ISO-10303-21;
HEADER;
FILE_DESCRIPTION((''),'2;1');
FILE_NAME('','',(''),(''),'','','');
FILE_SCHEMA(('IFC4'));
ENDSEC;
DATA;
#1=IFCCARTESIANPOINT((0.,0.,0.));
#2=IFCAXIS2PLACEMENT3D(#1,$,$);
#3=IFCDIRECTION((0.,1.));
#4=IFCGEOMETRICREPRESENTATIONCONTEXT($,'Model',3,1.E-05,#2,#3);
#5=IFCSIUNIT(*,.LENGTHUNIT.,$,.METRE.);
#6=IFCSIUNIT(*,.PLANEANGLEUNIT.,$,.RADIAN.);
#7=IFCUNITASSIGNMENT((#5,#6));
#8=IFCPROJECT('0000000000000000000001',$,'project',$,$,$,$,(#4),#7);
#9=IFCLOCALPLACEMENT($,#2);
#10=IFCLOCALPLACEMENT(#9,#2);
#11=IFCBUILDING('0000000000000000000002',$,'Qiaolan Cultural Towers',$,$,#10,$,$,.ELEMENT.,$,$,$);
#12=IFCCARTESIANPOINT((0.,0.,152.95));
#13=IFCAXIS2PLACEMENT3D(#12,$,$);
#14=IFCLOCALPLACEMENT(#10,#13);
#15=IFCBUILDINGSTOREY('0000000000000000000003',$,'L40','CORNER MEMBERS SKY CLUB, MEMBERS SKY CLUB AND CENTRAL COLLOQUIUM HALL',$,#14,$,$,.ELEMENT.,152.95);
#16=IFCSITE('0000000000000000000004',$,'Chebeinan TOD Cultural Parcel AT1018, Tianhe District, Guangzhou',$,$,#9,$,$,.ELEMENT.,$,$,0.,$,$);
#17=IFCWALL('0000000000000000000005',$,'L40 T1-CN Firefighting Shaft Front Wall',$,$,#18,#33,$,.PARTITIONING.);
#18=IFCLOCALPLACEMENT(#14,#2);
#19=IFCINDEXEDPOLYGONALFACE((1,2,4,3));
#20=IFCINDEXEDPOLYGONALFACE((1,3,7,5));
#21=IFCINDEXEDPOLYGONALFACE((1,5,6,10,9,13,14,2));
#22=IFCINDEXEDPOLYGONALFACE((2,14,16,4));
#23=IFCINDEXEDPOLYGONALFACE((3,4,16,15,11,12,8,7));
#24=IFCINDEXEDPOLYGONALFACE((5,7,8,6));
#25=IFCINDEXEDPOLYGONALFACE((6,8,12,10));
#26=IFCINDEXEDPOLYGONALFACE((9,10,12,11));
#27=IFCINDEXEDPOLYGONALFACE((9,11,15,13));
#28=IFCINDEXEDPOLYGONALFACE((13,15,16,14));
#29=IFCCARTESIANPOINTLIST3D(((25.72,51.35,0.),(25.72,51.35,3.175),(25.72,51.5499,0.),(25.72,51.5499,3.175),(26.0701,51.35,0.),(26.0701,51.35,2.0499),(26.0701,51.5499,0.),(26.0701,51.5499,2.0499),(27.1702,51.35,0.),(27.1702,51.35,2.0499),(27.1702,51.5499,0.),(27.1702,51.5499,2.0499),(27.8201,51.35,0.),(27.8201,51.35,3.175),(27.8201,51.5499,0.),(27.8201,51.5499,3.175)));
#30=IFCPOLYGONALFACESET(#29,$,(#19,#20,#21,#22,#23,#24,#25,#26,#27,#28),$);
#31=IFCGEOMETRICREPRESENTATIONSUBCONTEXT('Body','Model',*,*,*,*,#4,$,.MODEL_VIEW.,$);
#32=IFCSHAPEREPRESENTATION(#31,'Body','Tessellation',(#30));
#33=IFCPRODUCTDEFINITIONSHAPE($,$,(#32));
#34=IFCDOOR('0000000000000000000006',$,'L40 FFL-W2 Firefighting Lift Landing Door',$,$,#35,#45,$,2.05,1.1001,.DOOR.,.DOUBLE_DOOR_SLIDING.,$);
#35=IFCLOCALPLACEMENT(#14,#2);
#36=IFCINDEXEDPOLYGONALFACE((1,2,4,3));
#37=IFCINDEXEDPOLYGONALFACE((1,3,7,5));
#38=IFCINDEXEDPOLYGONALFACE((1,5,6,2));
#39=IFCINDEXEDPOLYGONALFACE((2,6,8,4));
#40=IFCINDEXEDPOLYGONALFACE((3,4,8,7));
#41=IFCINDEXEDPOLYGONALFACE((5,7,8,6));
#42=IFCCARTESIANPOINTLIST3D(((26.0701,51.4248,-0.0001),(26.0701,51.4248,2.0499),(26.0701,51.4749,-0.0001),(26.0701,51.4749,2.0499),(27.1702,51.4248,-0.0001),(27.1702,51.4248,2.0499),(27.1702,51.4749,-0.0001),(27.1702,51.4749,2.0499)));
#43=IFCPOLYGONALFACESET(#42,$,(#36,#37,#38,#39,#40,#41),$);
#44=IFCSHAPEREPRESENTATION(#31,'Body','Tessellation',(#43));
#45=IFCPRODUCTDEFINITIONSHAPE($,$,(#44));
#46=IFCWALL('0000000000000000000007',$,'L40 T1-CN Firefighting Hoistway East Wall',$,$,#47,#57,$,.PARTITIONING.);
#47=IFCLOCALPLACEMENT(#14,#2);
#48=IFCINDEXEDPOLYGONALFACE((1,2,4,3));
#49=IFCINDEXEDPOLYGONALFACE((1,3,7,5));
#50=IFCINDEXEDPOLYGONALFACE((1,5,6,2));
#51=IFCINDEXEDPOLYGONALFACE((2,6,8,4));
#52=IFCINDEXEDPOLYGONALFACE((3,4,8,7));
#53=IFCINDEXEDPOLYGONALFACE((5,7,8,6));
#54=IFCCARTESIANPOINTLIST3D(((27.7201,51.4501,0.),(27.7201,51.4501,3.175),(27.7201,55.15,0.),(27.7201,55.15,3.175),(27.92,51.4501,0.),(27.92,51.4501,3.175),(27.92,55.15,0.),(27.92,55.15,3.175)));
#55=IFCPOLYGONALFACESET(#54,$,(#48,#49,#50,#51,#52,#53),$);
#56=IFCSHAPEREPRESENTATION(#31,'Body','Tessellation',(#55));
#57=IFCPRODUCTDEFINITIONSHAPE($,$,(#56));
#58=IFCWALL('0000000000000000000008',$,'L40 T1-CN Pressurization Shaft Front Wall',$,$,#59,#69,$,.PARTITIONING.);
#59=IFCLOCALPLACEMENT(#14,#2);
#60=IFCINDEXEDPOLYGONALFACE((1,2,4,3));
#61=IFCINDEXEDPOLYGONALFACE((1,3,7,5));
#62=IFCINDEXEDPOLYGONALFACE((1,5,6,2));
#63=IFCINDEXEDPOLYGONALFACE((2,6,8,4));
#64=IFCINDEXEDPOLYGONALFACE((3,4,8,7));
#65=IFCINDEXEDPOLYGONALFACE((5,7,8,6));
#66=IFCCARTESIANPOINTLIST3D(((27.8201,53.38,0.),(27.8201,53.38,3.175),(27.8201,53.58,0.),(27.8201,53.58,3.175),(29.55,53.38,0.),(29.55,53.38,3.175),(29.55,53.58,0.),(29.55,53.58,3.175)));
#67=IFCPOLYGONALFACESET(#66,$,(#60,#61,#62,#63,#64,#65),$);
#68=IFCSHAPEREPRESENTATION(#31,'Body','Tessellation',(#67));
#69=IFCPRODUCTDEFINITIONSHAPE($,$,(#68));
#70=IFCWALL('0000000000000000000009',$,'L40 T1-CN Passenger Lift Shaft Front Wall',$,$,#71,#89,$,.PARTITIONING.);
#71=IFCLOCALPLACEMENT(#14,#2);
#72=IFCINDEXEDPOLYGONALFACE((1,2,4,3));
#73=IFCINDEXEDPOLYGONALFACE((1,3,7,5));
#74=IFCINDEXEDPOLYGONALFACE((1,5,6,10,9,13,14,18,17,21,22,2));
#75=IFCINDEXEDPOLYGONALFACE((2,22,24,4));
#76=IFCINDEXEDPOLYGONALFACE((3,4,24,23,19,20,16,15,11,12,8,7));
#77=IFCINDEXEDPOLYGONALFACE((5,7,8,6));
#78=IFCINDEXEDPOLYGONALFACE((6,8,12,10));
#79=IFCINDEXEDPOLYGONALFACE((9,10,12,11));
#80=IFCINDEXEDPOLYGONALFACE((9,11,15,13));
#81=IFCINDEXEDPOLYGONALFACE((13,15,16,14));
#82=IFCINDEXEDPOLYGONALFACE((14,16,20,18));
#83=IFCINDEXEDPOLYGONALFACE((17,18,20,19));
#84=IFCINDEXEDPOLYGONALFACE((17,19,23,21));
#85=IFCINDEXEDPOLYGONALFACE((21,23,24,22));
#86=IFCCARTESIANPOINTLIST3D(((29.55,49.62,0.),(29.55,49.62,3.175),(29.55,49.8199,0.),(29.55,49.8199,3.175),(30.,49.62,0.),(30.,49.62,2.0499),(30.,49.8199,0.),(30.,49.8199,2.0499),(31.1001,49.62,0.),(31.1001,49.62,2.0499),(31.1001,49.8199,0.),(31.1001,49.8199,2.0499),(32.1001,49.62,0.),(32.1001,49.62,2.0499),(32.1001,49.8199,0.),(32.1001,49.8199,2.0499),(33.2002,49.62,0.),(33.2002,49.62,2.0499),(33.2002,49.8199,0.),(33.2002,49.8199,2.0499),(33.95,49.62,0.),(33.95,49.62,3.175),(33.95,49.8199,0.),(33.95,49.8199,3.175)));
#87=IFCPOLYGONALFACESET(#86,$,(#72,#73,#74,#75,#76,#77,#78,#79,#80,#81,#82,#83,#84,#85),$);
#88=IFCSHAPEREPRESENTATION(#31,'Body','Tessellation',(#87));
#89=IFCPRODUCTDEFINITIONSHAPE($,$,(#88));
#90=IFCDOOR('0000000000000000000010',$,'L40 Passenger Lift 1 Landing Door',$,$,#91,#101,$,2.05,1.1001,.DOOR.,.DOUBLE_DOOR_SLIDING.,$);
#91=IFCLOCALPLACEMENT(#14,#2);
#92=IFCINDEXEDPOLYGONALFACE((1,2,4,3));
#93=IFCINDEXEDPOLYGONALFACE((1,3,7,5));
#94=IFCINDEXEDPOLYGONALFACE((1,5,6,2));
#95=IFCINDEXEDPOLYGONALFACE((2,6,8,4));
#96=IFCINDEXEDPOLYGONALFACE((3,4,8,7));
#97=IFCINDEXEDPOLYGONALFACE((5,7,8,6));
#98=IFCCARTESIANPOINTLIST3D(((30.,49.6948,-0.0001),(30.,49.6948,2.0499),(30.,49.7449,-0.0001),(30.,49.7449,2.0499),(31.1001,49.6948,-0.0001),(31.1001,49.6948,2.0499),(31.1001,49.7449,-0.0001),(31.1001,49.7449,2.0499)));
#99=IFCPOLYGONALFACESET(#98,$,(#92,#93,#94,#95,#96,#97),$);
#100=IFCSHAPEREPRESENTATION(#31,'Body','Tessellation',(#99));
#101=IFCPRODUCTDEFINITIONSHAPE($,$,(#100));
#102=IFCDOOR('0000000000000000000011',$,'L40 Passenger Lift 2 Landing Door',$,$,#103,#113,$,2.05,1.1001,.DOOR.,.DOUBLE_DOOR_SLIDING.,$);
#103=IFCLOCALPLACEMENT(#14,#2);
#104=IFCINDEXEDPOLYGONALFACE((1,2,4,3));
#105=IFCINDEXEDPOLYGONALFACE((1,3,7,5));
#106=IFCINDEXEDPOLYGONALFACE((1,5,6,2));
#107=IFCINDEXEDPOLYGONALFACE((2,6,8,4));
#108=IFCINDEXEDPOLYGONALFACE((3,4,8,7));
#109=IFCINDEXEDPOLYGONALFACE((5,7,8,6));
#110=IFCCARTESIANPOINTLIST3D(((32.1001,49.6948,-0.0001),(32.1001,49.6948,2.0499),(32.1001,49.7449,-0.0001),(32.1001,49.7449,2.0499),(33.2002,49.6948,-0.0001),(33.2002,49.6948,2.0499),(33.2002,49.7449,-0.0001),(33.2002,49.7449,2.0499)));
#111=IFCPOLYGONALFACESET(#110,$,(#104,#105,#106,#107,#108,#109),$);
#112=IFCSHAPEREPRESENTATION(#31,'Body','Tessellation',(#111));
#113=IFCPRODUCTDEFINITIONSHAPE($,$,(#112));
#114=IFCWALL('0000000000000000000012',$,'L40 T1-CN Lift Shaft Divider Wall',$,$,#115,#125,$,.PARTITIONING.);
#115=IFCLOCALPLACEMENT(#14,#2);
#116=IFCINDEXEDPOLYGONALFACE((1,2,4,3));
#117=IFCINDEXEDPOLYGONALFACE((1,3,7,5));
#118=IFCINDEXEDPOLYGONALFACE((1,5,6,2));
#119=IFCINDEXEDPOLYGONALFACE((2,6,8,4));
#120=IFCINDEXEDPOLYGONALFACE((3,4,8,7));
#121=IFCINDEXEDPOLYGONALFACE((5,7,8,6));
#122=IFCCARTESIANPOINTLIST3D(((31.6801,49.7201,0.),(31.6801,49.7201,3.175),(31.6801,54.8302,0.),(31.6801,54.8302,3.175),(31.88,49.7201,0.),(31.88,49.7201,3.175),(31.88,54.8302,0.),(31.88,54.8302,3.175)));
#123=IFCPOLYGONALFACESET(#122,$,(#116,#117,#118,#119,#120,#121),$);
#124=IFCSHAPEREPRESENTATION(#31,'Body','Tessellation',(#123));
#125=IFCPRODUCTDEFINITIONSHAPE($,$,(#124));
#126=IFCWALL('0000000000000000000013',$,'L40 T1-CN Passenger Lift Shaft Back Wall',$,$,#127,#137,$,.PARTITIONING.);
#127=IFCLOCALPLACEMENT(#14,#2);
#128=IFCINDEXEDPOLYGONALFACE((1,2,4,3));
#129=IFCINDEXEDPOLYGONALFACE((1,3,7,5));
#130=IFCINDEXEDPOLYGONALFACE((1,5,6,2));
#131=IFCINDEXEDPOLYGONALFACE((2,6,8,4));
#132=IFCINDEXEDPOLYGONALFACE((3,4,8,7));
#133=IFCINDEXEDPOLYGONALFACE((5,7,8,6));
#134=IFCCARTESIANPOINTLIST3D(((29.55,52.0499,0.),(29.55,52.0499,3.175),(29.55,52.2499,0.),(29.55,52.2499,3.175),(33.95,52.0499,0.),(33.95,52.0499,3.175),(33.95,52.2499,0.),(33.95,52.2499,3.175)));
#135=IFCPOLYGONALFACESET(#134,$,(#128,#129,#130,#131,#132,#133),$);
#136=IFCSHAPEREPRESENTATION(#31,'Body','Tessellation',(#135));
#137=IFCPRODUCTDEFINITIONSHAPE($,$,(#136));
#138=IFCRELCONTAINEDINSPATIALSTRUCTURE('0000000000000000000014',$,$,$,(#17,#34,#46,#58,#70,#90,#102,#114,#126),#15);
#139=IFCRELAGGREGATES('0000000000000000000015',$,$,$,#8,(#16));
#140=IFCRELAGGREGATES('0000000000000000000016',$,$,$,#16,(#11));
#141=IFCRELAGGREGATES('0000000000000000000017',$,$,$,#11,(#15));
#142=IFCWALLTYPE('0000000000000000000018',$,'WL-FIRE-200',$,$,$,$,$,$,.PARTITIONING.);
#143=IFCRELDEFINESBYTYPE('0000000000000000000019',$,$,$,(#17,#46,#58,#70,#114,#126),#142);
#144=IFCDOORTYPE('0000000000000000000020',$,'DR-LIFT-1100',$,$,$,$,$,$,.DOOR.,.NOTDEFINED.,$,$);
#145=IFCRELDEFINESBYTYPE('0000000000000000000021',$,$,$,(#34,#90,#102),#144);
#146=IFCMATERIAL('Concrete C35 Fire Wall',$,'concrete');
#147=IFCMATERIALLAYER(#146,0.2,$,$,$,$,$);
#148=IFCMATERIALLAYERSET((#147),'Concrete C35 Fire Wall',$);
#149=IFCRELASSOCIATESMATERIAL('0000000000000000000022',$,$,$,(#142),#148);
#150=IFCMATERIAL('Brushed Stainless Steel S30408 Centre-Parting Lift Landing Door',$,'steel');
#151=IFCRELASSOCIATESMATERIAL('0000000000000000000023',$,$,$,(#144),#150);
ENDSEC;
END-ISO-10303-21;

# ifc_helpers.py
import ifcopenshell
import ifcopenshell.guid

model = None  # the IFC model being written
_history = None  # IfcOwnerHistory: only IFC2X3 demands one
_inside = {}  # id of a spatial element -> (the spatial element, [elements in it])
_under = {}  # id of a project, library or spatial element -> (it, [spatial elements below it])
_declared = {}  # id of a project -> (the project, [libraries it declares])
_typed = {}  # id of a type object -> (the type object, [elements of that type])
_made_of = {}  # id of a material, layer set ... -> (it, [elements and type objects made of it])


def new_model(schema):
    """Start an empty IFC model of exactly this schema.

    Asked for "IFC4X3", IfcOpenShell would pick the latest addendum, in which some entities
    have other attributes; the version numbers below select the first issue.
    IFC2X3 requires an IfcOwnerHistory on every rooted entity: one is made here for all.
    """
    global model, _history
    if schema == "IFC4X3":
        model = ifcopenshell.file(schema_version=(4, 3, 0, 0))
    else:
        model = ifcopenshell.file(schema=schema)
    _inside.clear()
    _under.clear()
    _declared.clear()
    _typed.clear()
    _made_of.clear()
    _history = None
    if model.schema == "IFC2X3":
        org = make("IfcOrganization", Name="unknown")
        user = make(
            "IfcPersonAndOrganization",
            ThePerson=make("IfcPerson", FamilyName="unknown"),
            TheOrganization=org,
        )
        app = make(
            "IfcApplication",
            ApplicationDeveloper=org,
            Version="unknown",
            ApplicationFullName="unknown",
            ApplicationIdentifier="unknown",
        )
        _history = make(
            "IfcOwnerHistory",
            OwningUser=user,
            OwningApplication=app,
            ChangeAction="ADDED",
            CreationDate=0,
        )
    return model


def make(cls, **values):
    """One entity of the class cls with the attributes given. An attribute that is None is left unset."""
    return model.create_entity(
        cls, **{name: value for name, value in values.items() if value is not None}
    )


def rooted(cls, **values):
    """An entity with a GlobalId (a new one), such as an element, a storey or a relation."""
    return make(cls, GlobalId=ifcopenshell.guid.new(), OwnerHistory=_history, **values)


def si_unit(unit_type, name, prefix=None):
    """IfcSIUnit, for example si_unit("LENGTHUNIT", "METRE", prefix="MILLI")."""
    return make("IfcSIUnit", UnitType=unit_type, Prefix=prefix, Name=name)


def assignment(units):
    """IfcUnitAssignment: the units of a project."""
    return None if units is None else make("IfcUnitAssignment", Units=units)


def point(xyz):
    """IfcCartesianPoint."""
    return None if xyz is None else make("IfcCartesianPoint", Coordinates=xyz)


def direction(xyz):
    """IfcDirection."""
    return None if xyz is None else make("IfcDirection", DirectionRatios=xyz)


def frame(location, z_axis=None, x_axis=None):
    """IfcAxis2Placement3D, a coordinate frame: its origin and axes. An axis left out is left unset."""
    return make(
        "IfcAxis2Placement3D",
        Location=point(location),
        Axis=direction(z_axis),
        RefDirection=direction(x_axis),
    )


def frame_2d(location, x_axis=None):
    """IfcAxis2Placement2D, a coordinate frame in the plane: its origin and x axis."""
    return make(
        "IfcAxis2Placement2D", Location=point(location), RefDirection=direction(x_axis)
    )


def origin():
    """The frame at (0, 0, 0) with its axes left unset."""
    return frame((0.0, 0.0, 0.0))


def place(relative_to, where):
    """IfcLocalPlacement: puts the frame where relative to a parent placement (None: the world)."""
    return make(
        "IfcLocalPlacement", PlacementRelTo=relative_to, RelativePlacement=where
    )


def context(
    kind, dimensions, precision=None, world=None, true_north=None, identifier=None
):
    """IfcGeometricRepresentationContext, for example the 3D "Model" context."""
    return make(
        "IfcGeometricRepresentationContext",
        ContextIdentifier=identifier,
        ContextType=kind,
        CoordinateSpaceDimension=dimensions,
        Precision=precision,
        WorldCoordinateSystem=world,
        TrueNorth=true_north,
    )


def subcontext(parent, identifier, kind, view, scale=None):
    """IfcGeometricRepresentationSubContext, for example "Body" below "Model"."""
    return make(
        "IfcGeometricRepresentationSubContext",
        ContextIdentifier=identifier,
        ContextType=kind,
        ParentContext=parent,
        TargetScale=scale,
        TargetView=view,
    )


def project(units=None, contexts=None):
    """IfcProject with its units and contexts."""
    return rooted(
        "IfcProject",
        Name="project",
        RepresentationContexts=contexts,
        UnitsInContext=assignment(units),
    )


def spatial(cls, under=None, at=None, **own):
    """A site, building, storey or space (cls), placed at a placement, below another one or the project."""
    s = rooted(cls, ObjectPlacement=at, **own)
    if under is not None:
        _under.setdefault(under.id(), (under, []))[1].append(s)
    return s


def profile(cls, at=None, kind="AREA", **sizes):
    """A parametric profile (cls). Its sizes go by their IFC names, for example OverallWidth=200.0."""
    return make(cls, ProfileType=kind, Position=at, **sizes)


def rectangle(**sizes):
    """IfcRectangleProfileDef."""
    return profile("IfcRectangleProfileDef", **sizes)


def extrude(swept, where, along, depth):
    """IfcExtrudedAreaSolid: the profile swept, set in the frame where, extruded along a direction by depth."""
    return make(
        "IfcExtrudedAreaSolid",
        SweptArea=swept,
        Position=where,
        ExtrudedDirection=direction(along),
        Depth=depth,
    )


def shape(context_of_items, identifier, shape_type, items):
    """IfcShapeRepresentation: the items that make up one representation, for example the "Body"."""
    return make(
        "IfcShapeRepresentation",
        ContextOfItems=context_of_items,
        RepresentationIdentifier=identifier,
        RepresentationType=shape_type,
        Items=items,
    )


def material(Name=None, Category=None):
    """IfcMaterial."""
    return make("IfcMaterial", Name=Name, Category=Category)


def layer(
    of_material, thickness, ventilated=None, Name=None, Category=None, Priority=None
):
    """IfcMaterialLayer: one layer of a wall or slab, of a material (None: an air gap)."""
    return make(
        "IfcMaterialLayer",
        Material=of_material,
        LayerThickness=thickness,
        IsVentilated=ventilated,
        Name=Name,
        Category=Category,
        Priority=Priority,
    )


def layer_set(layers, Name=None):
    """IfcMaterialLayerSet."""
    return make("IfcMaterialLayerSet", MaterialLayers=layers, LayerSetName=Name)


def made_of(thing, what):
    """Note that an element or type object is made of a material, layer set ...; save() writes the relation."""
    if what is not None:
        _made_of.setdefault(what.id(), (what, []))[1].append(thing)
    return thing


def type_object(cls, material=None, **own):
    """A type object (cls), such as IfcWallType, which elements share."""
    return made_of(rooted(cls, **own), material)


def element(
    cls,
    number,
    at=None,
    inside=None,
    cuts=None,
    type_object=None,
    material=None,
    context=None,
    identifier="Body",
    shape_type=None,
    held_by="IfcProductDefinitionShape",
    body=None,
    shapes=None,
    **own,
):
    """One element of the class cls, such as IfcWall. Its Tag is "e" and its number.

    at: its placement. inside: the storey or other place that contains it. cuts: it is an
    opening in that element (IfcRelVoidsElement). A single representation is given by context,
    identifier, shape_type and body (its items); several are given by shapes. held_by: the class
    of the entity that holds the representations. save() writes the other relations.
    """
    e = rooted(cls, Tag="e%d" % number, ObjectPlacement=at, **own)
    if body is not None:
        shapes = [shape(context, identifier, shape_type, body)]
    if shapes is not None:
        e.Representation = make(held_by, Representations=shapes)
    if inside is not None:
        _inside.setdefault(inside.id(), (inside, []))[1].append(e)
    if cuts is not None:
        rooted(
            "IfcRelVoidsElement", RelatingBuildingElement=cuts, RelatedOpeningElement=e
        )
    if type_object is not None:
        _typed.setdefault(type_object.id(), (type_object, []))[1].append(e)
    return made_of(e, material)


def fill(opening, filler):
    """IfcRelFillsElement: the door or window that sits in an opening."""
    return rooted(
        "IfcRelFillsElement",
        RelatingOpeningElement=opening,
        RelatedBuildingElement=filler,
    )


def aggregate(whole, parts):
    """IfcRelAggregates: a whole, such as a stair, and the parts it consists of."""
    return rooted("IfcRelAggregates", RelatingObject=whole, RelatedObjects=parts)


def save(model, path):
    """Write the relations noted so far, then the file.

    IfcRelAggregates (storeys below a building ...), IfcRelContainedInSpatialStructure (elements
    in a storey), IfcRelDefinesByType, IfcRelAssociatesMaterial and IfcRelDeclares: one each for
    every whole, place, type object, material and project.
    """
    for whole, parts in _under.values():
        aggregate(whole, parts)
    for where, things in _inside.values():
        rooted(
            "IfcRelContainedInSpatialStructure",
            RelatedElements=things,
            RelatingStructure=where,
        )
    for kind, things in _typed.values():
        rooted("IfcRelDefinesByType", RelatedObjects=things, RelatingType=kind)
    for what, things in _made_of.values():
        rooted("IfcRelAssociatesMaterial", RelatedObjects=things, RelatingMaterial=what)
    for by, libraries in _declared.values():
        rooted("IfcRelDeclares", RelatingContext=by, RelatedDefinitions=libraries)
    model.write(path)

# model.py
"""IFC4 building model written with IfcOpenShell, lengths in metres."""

from ifc_helpers import new_model, si_unit, direction, frame, frame_2d, origin, place, context, subcontext, project, spatial, rectangle, extrude, material, layer, layer_set, type_object, element, fill, save


model = new_model("IFC4")

# Units and contexts
model_context = context("Model", 3, precision=1e-05, world=origin(), true_north=direction((0.0, 1.0)))
body_context = subcontext(model_context, "Body", "Model", "MODEL_VIEW")
ifc_project = project(units=[si_unit("LENGTHUNIT", "METRE"), si_unit("PLANEANGLEUNIT", "RADIAN")], contexts=[model_context])

# Site, building, storey
site_placement = place(None, origin())
site = spatial("IfcSite", under=ifc_project, at=site_placement, Name="Chebeinan TOD Cultural Parcel AT1018, Tianhe District, Guangzhou", CompositionType="ELEMENT", RefElevation=0.0)
building_placement = place(site_placement, origin())
building = spatial("IfcBuilding", under=site, at=building_placement, Name="Qiaolan Cultural Towers", CompositionType="ELEMENT")
storey_placement = place(building_placement, frame((0.0, 0.0, 152.95)))
storey = spatial("IfcBuildingStorey", under=building, at=storey_placement, Name="L40", Description="CORNER MEMBERS SKY CLUB, MEMBERS SKY CLUB AND CENTRAL COLLOQUIUM HALL", CompositionType="ELEMENT", Elevation=152.95)

# Wall, opening, door
ifc_material_1 = material(Name="Concrete C35 Fire Wall", Category="concrete")
ifc_layer_1 = layer(ifc_material_1, 0.2)
ifc_layer_set_1 = layer_set([ifc_layer_1], Name="Concrete C35 Fire Wall")
wall_type_1 = type_object("IfcWallType", Name="WL-FIRE-200", PredefinedType="PARTITIONING", material=ifc_layer_set_1)
wall_1_placement = place(storey_placement, frame((25.72, 51.45, 0.0), z_axis=(0.0, 0.0, 1.0), x_axis=(1.0, 0.0, 0.0)))
wall_1 = element("IfcWall", 1, at=wall_1_placement, inside=storey, type_object=wall_type_1, Name="L40 T1-CN Firefighting Shaft Front Wall", PredefinedType="PARTITIONING", context=body_context, shape_type="SweptSolid", body=[
    extrude(rectangle(XDim=2.1001, YDim=0.2, at=frame_2d((1.05, 0.0))), origin(), (0.0, 0.0, 1.0), 3.175),
])
opening_1_placement = place(wall_1_placement, frame((0.3501, 0.0, 0.0)))
opening_1 = element("IfcOpeningElement", 2, at=opening_1_placement, cuts=wall_1, PredefinedType="OPENING", context=body_context, shape_type="SweptSolid", body=[
    extrude(rectangle(XDim=1.1001, YDim=2.05, at=frame_2d((0.55, 1.0249))), frame((0.0, 0.1099, 0.0), z_axis=(0.0, -1.0, 0.0), x_axis=(1.0, 0.0, 0.0)), (0.0, 0.0, 1.0), 0.22),
])
ifc_material_2 = material(Name="Brushed Stainless Steel S30408 Centre-Parting Lift Landing Door", Category="steel")
door_type_1 = type_object("IfcDoorType", Name="DR-LIFT-1100", OperationType="NOTDEFINED", PredefinedType="DOOR", material=ifc_material_2)
door_1_placement = place(opening_1_placement, origin())
door_1 = element("IfcDoor", 3, at=door_1_placement, inside=storey, type_object=door_type_1, Name="L40 FFL-W2 Firefighting Lift Landing Door", OperationType="DOUBLE_DOOR_SLIDING", OverallHeight=2.05, OverallWidth=1.1001, PredefinedType="DOOR", context=body_context, shape_type="SweptSolid", body=[
    extrude(rectangle(XDim=1.1001, YDim=2.05, at=frame_2d((0.55, 1.0249))), frame((0.0, 0.0249, 0.0), z_axis=(0.0, -1.0, 0.0), x_axis=(1.0, 0.0, 0.0)), (0.0, 0.0, 1.0), 0.05),
])
fill(opening_1, door_1)

# Walls
wall_2_placement = place(storey_placement, frame((27.8201, 51.45, 0.0), z_axis=(0.0, 0.0, 1.0), x_axis=(0.0, 1.0, 0.0)))
element("IfcWall", 4, at=wall_2_placement, inside=storey, type_object=wall_type_1, Name="L40 T1-CN Firefighting Hoistway East Wall", PredefinedType="PARTITIONING", context=body_context, shape_type="SweptSolid", body=[
    extrude(rectangle(XDim=3.7, YDim=0.2, at=frame_2d((1.8501, 0.0))), origin(), (0.0, 0.0, 1.0), 3.175),
])
wall_3_placement = place(storey_placement, frame((27.8201, 53.48, 0.0), z_axis=(0.0, 0.0, 1.0), x_axis=(1.0, 0.0, 0.0)))
element("IfcWall", 5, at=wall_3_placement, inside=storey, type_object=wall_type_1, Name="L40 T1-CN Pressurization Shaft Front Wall", PredefinedType="PARTITIONING", context=body_context, shape_type="SweptSolid", body=[
    extrude(rectangle(XDim=1.73, YDim=0.2, at=frame_2d((0.865, 0.0))), origin(), (0.0, 0.0, 1.0), 3.175),
])

# Wall, openings, doors
wall_4_placement = place(storey_placement, frame((29.55, 49.72, 0.0), z_axis=(0.0, 0.0, 1.0), x_axis=(1.0, 0.0, 0.0)))
wall_4 = element("IfcWall", 6, at=wall_4_placement, inside=storey, type_object=wall_type_1, Name="L40 T1-CN Passenger Lift Shaft Front Wall", PredefinedType="PARTITIONING", context=body_context, shape_type="SweptSolid", body=[
    extrude(rectangle(XDim=4.3999, YDim=0.2, at=frame_2d((2.2, 0.0))), origin(), (0.0, 0.0, 1.0), 3.175),
])
opening_2_placement = place(wall_4_placement, frame((0.45, 0.0, 0.0)))
opening_2 = element("IfcOpeningElement", 7, at=opening_2_placement, cuts=wall_4, PredefinedType="OPENING", context=body_context, shape_type="SweptSolid", body=[
    extrude(rectangle(XDim=1.1001, YDim=2.05, at=frame_2d((0.55, 1.0249))), frame((0.0, 0.1099, 0.0), z_axis=(0.0, -1.0, 0.0), x_axis=(1.0, 0.0, 0.0)), (0.0, 0.0, 1.0), 0.22),
])
opening_3_placement = place(wall_4_placement, frame((2.55, 0.0, 0.0)))
opening_3 = element("IfcOpeningElement", 8, at=opening_3_placement, cuts=wall_4, PredefinedType="OPENING", context=body_context, shape_type="SweptSolid", body=[
    extrude(rectangle(XDim=1.1001, YDim=2.05, at=frame_2d((0.55, 1.0249))), frame((0.0, 0.1099, 0.0), z_axis=(0.0, -1.0, 0.0), x_axis=(1.0, 0.0, 0.0)), (0.0, 0.0, 1.0), 0.22),
])
door_2_placement = place(opening_2_placement, origin())
door_2 = element("IfcDoor", 9, at=door_2_placement, inside=storey, type_object=door_type_1, Name="L40 Passenger Lift 1 Landing Door", OperationType="DOUBLE_DOOR_SLIDING", OverallHeight=2.05, OverallWidth=1.1001, PredefinedType="DOOR", context=body_context, shape_type="SweptSolid", body=[
    extrude(rectangle(XDim=1.1001, YDim=2.05, at=frame_2d((0.55, 1.0249))), frame((0.0, 0.0249, 0.0), z_axis=(0.0, -1.0, 0.0), x_axis=(1.0, 0.0, 0.0)), (0.0, 0.0, 1.0), 0.05),
])
fill(opening_2, door_2)
door_3_placement = place(opening_3_placement, origin())
door_3 = element("IfcDoor", 10, at=door_3_placement, inside=storey, type_object=door_type_1, Name="L40 Passenger Lift 2 Landing Door", OperationType="DOUBLE_DOOR_SLIDING", OverallHeight=2.05, OverallWidth=1.1001, PredefinedType="DOOR", context=body_context, shape_type="SweptSolid", body=[
    extrude(rectangle(XDim=1.1001, YDim=2.05, at=frame_2d((0.55, 1.0249))), frame((0.0, 0.0249, 0.0), z_axis=(0.0, -1.0, 0.0), x_axis=(1.0, 0.0, 0.0)), (0.0, 0.0, 1.0), 0.05),
])
fill(opening_3, door_3)

# Walls
wall_5_placement = place(storey_placement, frame((31.78, 49.72, 0.0), z_axis=(0.0, 0.0, 1.0), x_axis=(0.0, 1.0, 0.0)))
element("IfcWall", 11, at=wall_5_placement, inside=storey, type_object=wall_type_1, Name="L40 T1-CN Lift Shaft Divider Wall", PredefinedType="PARTITIONING", context=body_context, shape_type="SweptSolid", body=[
    extrude(rectangle(XDim=5.1101, YDim=0.2, at=frame_2d((2.5552, 0.0))), origin(), (0.0, 0.0, 1.0), 3.175),
])
wall_6_placement = place(storey_placement, frame((29.55, 52.1499, 0.0), z_axis=(0.0, 0.0, 1.0), x_axis=(1.0, 0.0, 0.0)))
element("IfcWall", 12, at=wall_6_placement, inside=storey, type_object=wall_type_1, Name="L40 T1-CN Passenger Lift Shaft Back Wall", PredefinedType="PARTITIONING", context=body_context, shape_type="SweptSolid", body=[
    extrude(rectangle(XDim=4.3999, YDim=0.2, at=frame_2d((2.2, 0.0))), origin(), (0.0, 0.0, 1.0), 3.175),
])

save(model, "model.ifc")
